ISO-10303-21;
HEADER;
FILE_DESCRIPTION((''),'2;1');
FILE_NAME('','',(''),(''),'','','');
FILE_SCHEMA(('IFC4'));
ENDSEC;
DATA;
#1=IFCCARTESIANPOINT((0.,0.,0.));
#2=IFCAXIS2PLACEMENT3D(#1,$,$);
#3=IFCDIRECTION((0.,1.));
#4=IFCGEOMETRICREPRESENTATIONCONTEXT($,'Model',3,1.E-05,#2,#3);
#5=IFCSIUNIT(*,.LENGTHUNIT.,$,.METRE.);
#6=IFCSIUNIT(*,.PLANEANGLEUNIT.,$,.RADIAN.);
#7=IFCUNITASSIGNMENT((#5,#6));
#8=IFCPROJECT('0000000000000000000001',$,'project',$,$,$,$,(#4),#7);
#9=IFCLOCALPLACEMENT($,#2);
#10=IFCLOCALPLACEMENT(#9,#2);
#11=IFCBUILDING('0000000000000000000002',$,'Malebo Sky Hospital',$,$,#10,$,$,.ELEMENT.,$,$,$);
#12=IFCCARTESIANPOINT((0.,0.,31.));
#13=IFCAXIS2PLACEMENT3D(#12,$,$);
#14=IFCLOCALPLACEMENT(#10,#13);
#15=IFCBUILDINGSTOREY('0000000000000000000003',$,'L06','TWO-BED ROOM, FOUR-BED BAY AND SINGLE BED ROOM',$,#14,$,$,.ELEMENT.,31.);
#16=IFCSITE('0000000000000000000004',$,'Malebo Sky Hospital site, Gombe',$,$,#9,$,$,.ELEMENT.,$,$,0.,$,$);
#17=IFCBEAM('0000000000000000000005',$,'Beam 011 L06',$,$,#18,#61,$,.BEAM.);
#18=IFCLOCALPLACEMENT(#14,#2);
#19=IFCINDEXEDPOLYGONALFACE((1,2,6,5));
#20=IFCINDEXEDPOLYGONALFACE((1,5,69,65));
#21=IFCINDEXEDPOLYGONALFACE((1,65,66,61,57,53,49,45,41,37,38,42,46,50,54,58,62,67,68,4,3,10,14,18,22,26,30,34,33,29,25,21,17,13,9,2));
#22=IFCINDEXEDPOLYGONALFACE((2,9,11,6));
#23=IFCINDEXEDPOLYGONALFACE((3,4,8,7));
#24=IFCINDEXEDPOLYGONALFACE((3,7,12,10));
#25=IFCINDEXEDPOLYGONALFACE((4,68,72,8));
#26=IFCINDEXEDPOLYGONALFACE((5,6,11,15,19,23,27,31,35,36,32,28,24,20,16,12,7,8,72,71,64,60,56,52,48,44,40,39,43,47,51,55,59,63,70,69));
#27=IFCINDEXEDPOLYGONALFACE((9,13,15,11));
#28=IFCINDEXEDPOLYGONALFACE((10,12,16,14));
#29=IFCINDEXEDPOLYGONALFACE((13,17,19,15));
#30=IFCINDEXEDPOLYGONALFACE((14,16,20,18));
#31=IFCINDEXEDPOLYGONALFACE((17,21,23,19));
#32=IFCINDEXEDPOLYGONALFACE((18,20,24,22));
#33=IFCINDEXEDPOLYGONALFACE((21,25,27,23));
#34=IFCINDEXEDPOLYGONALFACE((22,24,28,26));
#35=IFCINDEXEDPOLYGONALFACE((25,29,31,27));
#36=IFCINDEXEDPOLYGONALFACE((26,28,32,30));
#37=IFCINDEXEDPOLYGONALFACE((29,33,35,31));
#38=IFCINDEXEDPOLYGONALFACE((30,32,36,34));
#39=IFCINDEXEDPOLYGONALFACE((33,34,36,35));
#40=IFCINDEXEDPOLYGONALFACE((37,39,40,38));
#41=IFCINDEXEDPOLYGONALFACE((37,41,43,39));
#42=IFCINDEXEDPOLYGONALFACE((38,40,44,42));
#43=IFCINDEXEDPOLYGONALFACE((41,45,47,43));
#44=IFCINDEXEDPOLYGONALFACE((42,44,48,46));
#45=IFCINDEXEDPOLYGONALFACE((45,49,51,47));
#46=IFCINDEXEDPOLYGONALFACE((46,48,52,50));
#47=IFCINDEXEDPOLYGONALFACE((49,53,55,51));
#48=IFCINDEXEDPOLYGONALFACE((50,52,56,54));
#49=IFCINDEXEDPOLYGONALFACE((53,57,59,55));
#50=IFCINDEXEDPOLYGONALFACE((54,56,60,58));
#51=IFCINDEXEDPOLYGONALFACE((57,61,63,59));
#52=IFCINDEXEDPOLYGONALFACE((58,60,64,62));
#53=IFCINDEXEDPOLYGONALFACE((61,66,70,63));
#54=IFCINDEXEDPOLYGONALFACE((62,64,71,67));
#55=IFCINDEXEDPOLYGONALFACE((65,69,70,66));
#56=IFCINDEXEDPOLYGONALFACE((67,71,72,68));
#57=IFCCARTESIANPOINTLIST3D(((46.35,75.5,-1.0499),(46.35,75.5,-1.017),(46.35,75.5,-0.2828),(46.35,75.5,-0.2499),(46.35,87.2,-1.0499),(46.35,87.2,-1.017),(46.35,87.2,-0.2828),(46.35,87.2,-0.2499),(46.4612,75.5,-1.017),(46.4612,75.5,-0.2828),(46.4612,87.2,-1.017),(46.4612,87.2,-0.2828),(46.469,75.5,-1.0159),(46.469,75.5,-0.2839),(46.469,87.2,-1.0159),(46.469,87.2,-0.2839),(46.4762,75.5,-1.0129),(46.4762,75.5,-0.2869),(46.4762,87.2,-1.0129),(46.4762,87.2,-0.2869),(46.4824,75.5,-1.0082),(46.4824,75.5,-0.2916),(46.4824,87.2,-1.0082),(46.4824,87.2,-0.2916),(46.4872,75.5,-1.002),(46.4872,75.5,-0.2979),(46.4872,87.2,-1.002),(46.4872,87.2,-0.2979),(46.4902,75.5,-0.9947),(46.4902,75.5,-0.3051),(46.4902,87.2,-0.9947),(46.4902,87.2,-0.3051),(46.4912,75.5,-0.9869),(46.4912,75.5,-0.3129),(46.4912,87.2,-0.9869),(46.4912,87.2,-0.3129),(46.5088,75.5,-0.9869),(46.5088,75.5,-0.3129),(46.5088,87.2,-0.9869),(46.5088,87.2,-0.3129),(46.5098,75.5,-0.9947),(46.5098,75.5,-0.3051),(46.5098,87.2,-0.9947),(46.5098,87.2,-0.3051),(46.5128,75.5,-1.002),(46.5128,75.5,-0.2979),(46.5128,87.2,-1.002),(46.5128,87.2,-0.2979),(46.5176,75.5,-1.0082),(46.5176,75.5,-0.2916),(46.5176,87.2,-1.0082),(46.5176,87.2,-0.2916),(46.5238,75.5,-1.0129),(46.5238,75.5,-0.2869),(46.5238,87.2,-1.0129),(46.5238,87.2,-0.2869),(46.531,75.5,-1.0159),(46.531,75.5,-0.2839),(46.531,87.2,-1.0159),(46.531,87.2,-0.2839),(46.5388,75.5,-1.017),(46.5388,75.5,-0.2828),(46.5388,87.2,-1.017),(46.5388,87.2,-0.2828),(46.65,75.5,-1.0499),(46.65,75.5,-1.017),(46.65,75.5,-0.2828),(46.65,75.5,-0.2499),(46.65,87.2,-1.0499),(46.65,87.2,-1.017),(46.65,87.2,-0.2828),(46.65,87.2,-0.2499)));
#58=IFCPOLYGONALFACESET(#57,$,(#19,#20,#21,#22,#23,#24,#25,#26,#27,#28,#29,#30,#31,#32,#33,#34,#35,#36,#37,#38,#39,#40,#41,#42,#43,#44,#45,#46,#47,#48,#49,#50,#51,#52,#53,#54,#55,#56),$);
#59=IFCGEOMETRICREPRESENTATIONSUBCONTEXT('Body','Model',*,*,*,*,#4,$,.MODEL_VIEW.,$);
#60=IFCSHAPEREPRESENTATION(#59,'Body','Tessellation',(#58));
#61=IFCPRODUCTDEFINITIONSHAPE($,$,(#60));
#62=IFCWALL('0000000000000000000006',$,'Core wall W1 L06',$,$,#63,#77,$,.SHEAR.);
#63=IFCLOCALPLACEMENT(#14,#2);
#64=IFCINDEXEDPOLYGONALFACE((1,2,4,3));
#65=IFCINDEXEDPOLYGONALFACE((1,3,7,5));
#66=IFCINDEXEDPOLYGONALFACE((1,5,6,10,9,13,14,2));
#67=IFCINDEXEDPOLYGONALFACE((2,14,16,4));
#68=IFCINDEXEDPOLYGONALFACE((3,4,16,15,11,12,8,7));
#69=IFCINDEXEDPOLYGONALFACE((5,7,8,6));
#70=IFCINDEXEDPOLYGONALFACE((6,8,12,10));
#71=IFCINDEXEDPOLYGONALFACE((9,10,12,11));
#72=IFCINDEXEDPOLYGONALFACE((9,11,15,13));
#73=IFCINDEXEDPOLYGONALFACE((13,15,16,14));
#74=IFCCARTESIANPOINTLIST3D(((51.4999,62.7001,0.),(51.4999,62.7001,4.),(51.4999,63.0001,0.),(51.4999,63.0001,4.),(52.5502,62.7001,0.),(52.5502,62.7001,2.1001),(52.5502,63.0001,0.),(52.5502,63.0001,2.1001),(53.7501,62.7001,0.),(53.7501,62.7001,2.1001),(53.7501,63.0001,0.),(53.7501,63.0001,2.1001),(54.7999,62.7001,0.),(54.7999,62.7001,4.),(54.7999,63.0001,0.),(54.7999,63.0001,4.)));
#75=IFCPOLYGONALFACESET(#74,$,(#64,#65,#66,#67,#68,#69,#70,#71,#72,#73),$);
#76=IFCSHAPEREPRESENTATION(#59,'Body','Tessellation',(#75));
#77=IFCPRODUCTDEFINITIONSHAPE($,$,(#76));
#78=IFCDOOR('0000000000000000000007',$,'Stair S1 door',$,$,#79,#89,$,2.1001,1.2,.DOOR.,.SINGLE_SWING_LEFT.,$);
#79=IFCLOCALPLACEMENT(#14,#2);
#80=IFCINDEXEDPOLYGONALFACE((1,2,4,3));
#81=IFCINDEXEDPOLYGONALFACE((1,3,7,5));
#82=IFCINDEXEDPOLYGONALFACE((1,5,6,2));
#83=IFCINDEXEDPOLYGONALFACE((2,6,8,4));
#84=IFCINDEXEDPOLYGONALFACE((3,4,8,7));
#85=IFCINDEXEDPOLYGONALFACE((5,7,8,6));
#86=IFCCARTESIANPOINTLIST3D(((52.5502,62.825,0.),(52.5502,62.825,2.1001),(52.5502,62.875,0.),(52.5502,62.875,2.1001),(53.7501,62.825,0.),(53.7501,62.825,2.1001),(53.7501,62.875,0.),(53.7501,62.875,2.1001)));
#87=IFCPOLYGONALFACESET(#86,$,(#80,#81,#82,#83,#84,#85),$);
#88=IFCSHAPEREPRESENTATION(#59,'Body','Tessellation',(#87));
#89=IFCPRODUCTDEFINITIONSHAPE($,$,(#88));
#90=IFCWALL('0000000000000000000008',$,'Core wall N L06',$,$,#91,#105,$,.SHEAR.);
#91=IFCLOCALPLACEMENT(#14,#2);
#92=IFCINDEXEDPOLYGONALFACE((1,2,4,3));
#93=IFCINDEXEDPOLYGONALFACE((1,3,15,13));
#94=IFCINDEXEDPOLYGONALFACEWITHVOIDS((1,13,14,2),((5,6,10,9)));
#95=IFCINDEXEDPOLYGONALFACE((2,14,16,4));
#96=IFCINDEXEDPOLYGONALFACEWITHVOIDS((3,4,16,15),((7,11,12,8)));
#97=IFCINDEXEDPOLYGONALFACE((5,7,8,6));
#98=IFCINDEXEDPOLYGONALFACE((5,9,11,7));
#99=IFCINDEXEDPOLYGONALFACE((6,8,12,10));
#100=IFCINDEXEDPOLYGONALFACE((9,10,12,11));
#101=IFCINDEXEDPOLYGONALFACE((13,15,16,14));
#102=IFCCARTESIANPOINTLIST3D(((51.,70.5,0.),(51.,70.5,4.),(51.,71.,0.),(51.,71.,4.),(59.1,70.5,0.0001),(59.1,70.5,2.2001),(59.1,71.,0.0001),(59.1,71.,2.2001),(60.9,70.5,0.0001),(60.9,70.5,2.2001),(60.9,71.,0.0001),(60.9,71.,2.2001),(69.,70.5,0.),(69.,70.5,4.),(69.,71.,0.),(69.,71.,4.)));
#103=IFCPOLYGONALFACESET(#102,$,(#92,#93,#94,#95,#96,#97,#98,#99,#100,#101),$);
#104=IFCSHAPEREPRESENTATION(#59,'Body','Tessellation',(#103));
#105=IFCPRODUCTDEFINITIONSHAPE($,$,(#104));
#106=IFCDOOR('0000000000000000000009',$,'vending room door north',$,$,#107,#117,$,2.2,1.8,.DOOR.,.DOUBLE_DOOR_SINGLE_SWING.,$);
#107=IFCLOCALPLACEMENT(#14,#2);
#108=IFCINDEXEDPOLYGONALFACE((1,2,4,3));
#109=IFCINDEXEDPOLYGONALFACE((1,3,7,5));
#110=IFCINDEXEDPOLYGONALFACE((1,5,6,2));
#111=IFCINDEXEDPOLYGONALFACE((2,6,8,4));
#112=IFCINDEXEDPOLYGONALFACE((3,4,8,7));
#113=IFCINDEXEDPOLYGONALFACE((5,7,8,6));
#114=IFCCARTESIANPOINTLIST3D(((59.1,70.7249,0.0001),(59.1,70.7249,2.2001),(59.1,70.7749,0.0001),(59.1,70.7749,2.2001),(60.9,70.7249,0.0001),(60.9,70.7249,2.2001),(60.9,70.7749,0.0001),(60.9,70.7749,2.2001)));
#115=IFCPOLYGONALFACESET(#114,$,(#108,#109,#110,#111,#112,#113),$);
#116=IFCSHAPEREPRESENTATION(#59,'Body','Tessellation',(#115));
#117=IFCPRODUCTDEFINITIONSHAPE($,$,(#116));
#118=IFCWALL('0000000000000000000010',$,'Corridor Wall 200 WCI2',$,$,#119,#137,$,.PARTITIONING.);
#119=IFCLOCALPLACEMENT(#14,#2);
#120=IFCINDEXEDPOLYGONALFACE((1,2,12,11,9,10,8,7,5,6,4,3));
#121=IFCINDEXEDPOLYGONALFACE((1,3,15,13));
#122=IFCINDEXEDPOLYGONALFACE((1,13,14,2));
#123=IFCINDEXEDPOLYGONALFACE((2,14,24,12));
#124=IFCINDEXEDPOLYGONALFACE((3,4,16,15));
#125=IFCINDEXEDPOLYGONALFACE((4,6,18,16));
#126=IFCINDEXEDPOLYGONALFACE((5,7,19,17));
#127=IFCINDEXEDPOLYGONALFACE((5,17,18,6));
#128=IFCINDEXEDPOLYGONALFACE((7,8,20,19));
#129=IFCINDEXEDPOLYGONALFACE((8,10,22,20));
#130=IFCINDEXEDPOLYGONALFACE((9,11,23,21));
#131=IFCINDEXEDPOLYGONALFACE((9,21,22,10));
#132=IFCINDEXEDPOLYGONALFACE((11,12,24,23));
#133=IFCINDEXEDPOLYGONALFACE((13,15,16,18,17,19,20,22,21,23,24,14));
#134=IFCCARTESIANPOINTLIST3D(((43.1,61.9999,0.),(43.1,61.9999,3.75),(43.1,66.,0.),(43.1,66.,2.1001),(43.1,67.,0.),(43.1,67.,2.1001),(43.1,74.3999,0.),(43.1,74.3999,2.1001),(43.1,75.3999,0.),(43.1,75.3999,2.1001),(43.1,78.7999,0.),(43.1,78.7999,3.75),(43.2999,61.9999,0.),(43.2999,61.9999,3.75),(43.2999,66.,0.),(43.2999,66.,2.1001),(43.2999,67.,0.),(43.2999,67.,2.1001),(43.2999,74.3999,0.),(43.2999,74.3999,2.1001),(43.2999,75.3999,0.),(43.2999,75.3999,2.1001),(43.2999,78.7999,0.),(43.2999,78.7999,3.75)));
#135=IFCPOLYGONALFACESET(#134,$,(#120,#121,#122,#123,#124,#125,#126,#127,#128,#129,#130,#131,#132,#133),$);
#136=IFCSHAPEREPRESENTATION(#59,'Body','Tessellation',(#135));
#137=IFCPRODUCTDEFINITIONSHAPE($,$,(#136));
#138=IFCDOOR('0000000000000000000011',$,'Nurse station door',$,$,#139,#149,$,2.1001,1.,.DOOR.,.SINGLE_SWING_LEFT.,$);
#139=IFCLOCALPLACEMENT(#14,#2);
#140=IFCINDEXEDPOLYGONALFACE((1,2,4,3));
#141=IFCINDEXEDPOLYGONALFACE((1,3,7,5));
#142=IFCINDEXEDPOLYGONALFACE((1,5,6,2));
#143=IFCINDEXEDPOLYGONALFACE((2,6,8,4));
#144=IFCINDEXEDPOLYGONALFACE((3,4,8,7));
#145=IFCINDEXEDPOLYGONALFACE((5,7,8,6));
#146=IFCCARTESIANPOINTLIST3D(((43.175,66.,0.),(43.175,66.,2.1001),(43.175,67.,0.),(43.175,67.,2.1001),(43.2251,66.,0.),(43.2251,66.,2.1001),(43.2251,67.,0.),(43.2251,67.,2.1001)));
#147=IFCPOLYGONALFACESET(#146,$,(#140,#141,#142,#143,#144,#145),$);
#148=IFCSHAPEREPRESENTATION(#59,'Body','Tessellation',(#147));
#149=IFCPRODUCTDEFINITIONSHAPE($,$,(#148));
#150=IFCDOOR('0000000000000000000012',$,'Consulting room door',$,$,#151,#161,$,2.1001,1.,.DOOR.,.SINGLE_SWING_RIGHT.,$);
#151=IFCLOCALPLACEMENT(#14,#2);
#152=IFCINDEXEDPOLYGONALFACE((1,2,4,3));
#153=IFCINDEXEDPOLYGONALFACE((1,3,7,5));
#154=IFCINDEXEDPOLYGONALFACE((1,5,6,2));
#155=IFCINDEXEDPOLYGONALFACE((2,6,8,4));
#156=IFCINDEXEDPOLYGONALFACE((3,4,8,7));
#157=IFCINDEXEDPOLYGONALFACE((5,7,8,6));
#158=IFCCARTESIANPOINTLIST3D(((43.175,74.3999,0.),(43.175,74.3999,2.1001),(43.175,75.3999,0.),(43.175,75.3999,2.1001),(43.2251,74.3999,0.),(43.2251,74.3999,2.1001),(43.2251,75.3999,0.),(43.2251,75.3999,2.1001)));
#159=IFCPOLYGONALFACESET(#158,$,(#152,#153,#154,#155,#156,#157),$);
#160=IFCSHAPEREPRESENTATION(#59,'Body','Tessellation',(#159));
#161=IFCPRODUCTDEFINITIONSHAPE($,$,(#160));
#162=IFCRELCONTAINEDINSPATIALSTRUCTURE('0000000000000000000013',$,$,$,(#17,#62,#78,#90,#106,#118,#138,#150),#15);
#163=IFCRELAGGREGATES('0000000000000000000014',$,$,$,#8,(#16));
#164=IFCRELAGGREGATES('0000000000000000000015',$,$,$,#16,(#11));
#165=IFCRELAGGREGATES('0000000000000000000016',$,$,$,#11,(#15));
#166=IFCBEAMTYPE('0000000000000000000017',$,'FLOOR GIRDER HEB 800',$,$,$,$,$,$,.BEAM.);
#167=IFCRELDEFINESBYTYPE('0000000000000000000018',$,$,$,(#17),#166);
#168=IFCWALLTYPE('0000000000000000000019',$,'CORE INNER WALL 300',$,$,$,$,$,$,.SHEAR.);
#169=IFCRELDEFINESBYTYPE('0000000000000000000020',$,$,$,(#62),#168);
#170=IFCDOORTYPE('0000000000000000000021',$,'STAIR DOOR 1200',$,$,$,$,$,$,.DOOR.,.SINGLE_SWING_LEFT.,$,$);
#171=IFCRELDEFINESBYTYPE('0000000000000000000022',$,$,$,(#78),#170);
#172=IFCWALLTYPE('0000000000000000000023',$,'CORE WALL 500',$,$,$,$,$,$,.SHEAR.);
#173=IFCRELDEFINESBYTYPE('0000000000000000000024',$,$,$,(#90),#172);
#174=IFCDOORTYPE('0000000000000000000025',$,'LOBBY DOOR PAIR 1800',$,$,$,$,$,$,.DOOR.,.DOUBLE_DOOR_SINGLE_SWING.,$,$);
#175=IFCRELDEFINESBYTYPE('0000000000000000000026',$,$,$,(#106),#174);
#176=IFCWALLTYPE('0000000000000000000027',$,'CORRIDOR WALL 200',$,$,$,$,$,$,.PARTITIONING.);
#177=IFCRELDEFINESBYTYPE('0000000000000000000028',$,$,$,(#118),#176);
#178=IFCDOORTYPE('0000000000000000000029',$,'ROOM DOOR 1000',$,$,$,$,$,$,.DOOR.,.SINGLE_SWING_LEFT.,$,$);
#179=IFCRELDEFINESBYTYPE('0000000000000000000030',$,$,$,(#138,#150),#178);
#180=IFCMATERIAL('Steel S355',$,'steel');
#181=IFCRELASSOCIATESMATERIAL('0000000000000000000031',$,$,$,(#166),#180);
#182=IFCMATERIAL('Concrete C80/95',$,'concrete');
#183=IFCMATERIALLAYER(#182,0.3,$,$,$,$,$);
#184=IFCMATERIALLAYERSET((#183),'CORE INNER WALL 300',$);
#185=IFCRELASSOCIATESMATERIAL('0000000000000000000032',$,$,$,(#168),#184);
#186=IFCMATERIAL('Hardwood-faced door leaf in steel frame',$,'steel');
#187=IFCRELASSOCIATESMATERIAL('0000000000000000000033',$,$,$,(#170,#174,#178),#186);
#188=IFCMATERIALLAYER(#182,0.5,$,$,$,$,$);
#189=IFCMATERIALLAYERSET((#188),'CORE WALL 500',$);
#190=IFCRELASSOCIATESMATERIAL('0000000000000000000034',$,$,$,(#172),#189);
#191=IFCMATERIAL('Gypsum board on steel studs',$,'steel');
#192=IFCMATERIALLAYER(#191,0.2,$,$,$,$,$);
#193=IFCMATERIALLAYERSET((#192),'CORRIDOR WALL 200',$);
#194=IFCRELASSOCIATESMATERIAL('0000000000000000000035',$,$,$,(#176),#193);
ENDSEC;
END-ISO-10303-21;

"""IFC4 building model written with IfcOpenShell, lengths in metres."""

from ifc_helpers import new_model, si_unit, direction, frame, frame_2d, origin, origin_2d, place, context, subcontext, project, spatial, rectangle, i_section, extrude, material, layer, layer_set, material_profile, profile_set, type_object, element, fill, save


model = new_model("IFC4")

# Units and contexts
model_context = context("Model", 3, precision=1e-05, world=origin(), true_north=direction((0.0, 1.0)))
body_context = subcontext(model_context, "Body", "Model", "MODEL_VIEW")
ifc_project = project(units=[si_unit("LENGTHUNIT", "METRE"), si_unit("PLANEANGLEUNIT", "RADIAN")], contexts=[model_context])

# Site, building, storey
site_placement = place(None, origin())
site = spatial("IfcSite", under=ifc_project, at=site_placement, Name="Malebo Sky Hospital site, Gombe", CompositionType="ELEMENT", RefElevation=0.0)
building_placement = place(site_placement, origin())
building = spatial("IfcBuilding", under=site, at=building_placement, Name="Malebo Sky Hospital", CompositionType="ELEMENT")
storey_placement = place(building_placement, frame((0.0, 0.0, 31.0)))
storey = spatial("IfcBuildingStorey", under=building, at=storey_placement, Name="L06", Description="TWO-BED ROOM, FOUR-BED BAY AND SINGLE BED ROOM", CompositionType="ELEMENT", Elevation=31.0)

# Beam
ifc_material_1 = material(Name="Steel S355", Category="steel")
ifc_material_profile_1 = material_profile(ifc_material_1, i_section(OverallWidth=0.3, OverallDepth=0.8, WebThickness=0.0176, FlangeThickness=0.033, FilletRadius=0.03, at=origin_2d()), Name="HEB 800")
ifc_profile_set_1 = profile_set([ifc_material_profile_1], Name="Steel S355")
beam_type_1 = type_object("IfcBeamType", Name="FLOOR GIRDER HEB 800", PredefinedType="BEAM", material=ifc_profile_set_1)
beam_1_placement = place(storey_placement, frame((46.5, 75.5, -0.6499), z_axis=(0.0, 1.0, 0.0), x_axis=(-1.0, 0.0, 0.0)))
element("IfcBeam", 1, at=beam_1_placement, inside=storey, type_object=beam_type_1, Name="Beam 011 L06", PredefinedType="BEAM", context=body_context, shape_type="SweptSolid", body=[
    extrude(i_section(OverallWidth=0.3, OverallDepth=0.8, WebThickness=0.0176, FlangeThickness=0.033, FilletRadius=0.03, at=origin_2d()), origin(), (0.0, 0.0, 1.0), 11.7),
])

# Walls, openings, doors
ifc_material_2 = material(Name="Concrete C80/95", Category="concrete")
ifc_layer_1 = layer(ifc_material_2, 0.3)
ifc_layer_set_1 = layer_set([ifc_layer_1], Name="CORE INNER WALL 300")
wall_type_1 = type_object("IfcWallType", Name="CORE INNER WALL 300", PredefinedType="SHEAR", material=ifc_layer_set_1)
wall_1_placement = place(storey_placement, frame((51.5, 62.8501, 0.0), z_axis=(0.0, 0.0, 1.0), x_axis=(1.0, 0.0, 0.0)))
wall_1 = element("IfcWall", 2, at=wall_1_placement, inside=storey, type_object=wall_type_1, Name="Core wall W1 L06", PredefinedType="SHEAR", context=body_context, shape_type="SweptSolid", body=[
    extrude(rectangle(XDim=3.3, YDim=0.3, at=frame_2d((1.6499, 0.0))), origin(), (0.0, 0.0, 1.0), 4.0),
])
opening_1_placement = place(wall_1_placement, frame((1.05, 0.0, 0.0)))
opening_1 = element("IfcOpeningElement", 3, at=opening_1_placement, cuts=wall_1, PredefinedType="OPENING", context=body_context, shape_type="SweptSolid", body=[
    extrude(rectangle(XDim=1.2, YDim=2.1001, at=frame_2d((0.6001, 1.05))), frame((0.0, 0.1599, 0.0), z_axis=(0.0, -1.0, 0.0), x_axis=(1.0, 0.0, 0.0)), (0.0, 0.0, 1.0), 0.3201),
])
ifc_material_3 = material(Name="Hardwood-faced door leaf in steel frame", Category="steel")
door_type_1 = type_object("IfcDoorType", Name="STAIR DOOR 1200", OperationType="SINGLE_SWING_LEFT", PredefinedType="DOOR", material=ifc_material_3)
door_1_placement = place(opening_1_placement, origin())
door_1 = element("IfcDoor", 4, at=door_1_placement, inside=storey, type_object=door_type_1, Name="Stair S1 door", OperationType="SINGLE_SWING_LEFT", OverallHeight=2.1001, OverallWidth=1.2, PredefinedType="DOOR", context=body_context, shape_type="SweptSolid", body=[
    extrude(rectangle(XDim=1.2, YDim=2.1001, at=frame_2d((0.6001, 1.05))), frame((0.0, 0.0249, 0.0), z_axis=(0.0, -1.0, 0.0), x_axis=(1.0, 0.0, 0.0)), (0.0, 0.0, 1.0), 0.05),
])
fill(opening_1, door_1)
ifc_layer_2 = layer(ifc_material_2, 0.5)
ifc_layer_set_2 = layer_set([ifc_layer_2], Name="CORE WALL 500")
wall_type_2 = type_object("IfcWallType", Name="CORE WALL 500", PredefinedType="SHEAR", material=ifc_layer_set_2)
wall_2_placement = place(storey_placement, frame((51.0, 70.75, 0.0), z_axis=(0.0, 0.0, 1.0), x_axis=(1.0, 0.0, 0.0)))
wall_2 = element("IfcWall", 5, at=wall_2_placement, inside=storey, type_object=wall_type_2, Name="Core wall N L06", PredefinedType="SHEAR", context=body_context, shape_type="SweptSolid", body=[
    extrude(rectangle(XDim=18.0, YDim=0.5, at=frame_2d((9.0, 0.0))), origin(), (0.0, 0.0, 1.0), 4.0),
])
opening_2_placement = place(wall_2_placement, frame((8.1001, 0.0, 0.0)))
opening_2 = element("IfcOpeningElement", 6, at=opening_2_placement, cuts=wall_2, PredefinedType="OPENING", context=body_context, shape_type="SweptSolid", body=[
    extrude(rectangle(XDim=1.8, YDim=2.2, at=frame_2d((0.8999, 1.1001))), frame((0.0, 0.26, 0.0), z_axis=(0.0, -1.0, 0.0), x_axis=(1.0, 0.0, 0.0)), (0.0, 0.0, 1.0), 0.52),
])
door_type_2 = type_object("IfcDoorType", Name="LOBBY DOOR PAIR 1800", OperationType="DOUBLE_DOOR_SINGLE_SWING", PredefinedType="DOOR", material=ifc_material_3)
door_2_placement = place(opening_2_placement, origin())
door_2 = element("IfcDoor", 7, at=door_2_placement, inside=storey, type_object=door_type_2, Name="vending room door north", OperationType="DOUBLE_DOOR_SINGLE_SWING", OverallHeight=2.2, OverallWidth=1.8, PredefinedType="DOOR", context=body_context, shape_type="SweptSolid", body=[
    extrude(rectangle(XDim=1.8, YDim=2.2, at=frame_2d((0.8999, 1.1001))), frame((0.0, 0.0249, 0.0), z_axis=(0.0, -1.0, 0.0), x_axis=(1.0, 0.0, 0.0)), (0.0, 0.0, 1.0), 0.05),
])
fill(opening_2, door_2)

# Wall, openings, doors
ifc_material_4 = material(Name="Gypsum board on steel studs", Category="steel")
ifc_layer_3 = layer(ifc_material_4, 0.2)
ifc_layer_set_3 = layer_set([ifc_layer_3], Name="CORRIDOR WALL 200")
wall_type_3 = type_object("IfcWallType", Name="CORRIDOR WALL 200", PredefinedType="PARTITIONING", material=ifc_layer_set_3)
wall_3_placement = place(storey_placement, frame((43.2, 62.0, 0.0), z_axis=(0.0, 0.0, 1.0), x_axis=(0.0, 1.0, 0.0)))
wall_3 = element("IfcWall", 8, at=wall_3_placement, inside=storey, type_object=wall_type_3, Name="Corridor Wall 200 WCI2", PredefinedType="PARTITIONING", context=body_context, shape_type="SweptSolid", body=[
    extrude(rectangle(XDim=16.8, YDim=0.2, at=frame_2d((8.3999, 0.0))), origin(), (0.0, 0.0, 1.0), 3.75),
])
opening_3_placement = place(wall_3_placement, frame((4.0, 0.0, 0.0)))
opening_3 = element("IfcOpeningElement", 9, at=opening_3_placement, cuts=wall_3, PredefinedType="OPENING", context=body_context, shape_type="SweptSolid", body=[
    extrude(rectangle(XDim=1.0, YDim=2.1001, at=frame_2d((0.5, 1.05))), frame((0.0, 0.1099, 0.0), z_axis=(0.0, -1.0, 0.0), x_axis=(1.0, 0.0, 0.0)), (0.0, 0.0, 1.0), 0.22),
])
opening_4_placement = place(wall_3_placement, frame((12.3999, 0.0, 0.0)))
opening_4 = element("IfcOpeningElement", 10, at=opening_4_placement, cuts=wall_3, PredefinedType="OPENING", context=body_context, shape_type="SweptSolid", body=[
    extrude(rectangle(XDim=1.0, YDim=2.1001, at=frame_2d((0.5, 1.05))), frame((0.0, 0.1099, 0.0), z_axis=(0.0, -1.0, 0.0), x_axis=(1.0, 0.0, 0.0)), (0.0, 0.0, 1.0), 0.22),
])
door_type_3 = type_object("IfcDoorType", Name="ROOM DOOR 1000", OperationType="SINGLE_SWING_LEFT", PredefinedType="DOOR", material=ifc_material_3)
door_3_placement = place(opening_3_placement, origin())
door_3 = element("IfcDoor", 11, at=door_3_placement, inside=storey, type_object=door_type_3, Name="Nurse station door", OperationType="SINGLE_SWING_LEFT", OverallHeight=2.1001, OverallWidth=1.0, PredefinedType="DOOR", context=body_context, shape_type="SweptSolid", body=[
    extrude(rectangle(XDim=1.0, YDim=2.1001, at=frame_2d((0.5, 1.05))), frame((0.0, 0.0249, 0.0), z_axis=(0.0, -1.0, 0.0), x_axis=(1.0, 0.0, 0.0)), (0.0, 0.0, 1.0), 0.05),
])
fill(opening_3, door_3)
door_4_placement = place(opening_4_placement, origin())
door_4 = element("IfcDoor", 12, at=door_4_placement, inside=storey, type_object=door_type_3, Name="Consulting room door", OperationType="SINGLE_SWING_RIGHT", OverallHeight=2.1001, OverallWidth=1.0, PredefinedType="DOOR", context=body_context, shape_type="SweptSolid", body=[
    extrude(rectangle(XDim=1.0, YDim=2.1001, at=frame_2d((0.5, 1.05))), frame((0.0, 0.0249, 0.0), z_axis=(0.0, -1.0, 0.0), x_axis=(1.0, 0.0, 0.0)), (0.0, 0.0, 1.0), 0.05),
])
fill(opening_4, door_4)

save(model, "model.ifc")
